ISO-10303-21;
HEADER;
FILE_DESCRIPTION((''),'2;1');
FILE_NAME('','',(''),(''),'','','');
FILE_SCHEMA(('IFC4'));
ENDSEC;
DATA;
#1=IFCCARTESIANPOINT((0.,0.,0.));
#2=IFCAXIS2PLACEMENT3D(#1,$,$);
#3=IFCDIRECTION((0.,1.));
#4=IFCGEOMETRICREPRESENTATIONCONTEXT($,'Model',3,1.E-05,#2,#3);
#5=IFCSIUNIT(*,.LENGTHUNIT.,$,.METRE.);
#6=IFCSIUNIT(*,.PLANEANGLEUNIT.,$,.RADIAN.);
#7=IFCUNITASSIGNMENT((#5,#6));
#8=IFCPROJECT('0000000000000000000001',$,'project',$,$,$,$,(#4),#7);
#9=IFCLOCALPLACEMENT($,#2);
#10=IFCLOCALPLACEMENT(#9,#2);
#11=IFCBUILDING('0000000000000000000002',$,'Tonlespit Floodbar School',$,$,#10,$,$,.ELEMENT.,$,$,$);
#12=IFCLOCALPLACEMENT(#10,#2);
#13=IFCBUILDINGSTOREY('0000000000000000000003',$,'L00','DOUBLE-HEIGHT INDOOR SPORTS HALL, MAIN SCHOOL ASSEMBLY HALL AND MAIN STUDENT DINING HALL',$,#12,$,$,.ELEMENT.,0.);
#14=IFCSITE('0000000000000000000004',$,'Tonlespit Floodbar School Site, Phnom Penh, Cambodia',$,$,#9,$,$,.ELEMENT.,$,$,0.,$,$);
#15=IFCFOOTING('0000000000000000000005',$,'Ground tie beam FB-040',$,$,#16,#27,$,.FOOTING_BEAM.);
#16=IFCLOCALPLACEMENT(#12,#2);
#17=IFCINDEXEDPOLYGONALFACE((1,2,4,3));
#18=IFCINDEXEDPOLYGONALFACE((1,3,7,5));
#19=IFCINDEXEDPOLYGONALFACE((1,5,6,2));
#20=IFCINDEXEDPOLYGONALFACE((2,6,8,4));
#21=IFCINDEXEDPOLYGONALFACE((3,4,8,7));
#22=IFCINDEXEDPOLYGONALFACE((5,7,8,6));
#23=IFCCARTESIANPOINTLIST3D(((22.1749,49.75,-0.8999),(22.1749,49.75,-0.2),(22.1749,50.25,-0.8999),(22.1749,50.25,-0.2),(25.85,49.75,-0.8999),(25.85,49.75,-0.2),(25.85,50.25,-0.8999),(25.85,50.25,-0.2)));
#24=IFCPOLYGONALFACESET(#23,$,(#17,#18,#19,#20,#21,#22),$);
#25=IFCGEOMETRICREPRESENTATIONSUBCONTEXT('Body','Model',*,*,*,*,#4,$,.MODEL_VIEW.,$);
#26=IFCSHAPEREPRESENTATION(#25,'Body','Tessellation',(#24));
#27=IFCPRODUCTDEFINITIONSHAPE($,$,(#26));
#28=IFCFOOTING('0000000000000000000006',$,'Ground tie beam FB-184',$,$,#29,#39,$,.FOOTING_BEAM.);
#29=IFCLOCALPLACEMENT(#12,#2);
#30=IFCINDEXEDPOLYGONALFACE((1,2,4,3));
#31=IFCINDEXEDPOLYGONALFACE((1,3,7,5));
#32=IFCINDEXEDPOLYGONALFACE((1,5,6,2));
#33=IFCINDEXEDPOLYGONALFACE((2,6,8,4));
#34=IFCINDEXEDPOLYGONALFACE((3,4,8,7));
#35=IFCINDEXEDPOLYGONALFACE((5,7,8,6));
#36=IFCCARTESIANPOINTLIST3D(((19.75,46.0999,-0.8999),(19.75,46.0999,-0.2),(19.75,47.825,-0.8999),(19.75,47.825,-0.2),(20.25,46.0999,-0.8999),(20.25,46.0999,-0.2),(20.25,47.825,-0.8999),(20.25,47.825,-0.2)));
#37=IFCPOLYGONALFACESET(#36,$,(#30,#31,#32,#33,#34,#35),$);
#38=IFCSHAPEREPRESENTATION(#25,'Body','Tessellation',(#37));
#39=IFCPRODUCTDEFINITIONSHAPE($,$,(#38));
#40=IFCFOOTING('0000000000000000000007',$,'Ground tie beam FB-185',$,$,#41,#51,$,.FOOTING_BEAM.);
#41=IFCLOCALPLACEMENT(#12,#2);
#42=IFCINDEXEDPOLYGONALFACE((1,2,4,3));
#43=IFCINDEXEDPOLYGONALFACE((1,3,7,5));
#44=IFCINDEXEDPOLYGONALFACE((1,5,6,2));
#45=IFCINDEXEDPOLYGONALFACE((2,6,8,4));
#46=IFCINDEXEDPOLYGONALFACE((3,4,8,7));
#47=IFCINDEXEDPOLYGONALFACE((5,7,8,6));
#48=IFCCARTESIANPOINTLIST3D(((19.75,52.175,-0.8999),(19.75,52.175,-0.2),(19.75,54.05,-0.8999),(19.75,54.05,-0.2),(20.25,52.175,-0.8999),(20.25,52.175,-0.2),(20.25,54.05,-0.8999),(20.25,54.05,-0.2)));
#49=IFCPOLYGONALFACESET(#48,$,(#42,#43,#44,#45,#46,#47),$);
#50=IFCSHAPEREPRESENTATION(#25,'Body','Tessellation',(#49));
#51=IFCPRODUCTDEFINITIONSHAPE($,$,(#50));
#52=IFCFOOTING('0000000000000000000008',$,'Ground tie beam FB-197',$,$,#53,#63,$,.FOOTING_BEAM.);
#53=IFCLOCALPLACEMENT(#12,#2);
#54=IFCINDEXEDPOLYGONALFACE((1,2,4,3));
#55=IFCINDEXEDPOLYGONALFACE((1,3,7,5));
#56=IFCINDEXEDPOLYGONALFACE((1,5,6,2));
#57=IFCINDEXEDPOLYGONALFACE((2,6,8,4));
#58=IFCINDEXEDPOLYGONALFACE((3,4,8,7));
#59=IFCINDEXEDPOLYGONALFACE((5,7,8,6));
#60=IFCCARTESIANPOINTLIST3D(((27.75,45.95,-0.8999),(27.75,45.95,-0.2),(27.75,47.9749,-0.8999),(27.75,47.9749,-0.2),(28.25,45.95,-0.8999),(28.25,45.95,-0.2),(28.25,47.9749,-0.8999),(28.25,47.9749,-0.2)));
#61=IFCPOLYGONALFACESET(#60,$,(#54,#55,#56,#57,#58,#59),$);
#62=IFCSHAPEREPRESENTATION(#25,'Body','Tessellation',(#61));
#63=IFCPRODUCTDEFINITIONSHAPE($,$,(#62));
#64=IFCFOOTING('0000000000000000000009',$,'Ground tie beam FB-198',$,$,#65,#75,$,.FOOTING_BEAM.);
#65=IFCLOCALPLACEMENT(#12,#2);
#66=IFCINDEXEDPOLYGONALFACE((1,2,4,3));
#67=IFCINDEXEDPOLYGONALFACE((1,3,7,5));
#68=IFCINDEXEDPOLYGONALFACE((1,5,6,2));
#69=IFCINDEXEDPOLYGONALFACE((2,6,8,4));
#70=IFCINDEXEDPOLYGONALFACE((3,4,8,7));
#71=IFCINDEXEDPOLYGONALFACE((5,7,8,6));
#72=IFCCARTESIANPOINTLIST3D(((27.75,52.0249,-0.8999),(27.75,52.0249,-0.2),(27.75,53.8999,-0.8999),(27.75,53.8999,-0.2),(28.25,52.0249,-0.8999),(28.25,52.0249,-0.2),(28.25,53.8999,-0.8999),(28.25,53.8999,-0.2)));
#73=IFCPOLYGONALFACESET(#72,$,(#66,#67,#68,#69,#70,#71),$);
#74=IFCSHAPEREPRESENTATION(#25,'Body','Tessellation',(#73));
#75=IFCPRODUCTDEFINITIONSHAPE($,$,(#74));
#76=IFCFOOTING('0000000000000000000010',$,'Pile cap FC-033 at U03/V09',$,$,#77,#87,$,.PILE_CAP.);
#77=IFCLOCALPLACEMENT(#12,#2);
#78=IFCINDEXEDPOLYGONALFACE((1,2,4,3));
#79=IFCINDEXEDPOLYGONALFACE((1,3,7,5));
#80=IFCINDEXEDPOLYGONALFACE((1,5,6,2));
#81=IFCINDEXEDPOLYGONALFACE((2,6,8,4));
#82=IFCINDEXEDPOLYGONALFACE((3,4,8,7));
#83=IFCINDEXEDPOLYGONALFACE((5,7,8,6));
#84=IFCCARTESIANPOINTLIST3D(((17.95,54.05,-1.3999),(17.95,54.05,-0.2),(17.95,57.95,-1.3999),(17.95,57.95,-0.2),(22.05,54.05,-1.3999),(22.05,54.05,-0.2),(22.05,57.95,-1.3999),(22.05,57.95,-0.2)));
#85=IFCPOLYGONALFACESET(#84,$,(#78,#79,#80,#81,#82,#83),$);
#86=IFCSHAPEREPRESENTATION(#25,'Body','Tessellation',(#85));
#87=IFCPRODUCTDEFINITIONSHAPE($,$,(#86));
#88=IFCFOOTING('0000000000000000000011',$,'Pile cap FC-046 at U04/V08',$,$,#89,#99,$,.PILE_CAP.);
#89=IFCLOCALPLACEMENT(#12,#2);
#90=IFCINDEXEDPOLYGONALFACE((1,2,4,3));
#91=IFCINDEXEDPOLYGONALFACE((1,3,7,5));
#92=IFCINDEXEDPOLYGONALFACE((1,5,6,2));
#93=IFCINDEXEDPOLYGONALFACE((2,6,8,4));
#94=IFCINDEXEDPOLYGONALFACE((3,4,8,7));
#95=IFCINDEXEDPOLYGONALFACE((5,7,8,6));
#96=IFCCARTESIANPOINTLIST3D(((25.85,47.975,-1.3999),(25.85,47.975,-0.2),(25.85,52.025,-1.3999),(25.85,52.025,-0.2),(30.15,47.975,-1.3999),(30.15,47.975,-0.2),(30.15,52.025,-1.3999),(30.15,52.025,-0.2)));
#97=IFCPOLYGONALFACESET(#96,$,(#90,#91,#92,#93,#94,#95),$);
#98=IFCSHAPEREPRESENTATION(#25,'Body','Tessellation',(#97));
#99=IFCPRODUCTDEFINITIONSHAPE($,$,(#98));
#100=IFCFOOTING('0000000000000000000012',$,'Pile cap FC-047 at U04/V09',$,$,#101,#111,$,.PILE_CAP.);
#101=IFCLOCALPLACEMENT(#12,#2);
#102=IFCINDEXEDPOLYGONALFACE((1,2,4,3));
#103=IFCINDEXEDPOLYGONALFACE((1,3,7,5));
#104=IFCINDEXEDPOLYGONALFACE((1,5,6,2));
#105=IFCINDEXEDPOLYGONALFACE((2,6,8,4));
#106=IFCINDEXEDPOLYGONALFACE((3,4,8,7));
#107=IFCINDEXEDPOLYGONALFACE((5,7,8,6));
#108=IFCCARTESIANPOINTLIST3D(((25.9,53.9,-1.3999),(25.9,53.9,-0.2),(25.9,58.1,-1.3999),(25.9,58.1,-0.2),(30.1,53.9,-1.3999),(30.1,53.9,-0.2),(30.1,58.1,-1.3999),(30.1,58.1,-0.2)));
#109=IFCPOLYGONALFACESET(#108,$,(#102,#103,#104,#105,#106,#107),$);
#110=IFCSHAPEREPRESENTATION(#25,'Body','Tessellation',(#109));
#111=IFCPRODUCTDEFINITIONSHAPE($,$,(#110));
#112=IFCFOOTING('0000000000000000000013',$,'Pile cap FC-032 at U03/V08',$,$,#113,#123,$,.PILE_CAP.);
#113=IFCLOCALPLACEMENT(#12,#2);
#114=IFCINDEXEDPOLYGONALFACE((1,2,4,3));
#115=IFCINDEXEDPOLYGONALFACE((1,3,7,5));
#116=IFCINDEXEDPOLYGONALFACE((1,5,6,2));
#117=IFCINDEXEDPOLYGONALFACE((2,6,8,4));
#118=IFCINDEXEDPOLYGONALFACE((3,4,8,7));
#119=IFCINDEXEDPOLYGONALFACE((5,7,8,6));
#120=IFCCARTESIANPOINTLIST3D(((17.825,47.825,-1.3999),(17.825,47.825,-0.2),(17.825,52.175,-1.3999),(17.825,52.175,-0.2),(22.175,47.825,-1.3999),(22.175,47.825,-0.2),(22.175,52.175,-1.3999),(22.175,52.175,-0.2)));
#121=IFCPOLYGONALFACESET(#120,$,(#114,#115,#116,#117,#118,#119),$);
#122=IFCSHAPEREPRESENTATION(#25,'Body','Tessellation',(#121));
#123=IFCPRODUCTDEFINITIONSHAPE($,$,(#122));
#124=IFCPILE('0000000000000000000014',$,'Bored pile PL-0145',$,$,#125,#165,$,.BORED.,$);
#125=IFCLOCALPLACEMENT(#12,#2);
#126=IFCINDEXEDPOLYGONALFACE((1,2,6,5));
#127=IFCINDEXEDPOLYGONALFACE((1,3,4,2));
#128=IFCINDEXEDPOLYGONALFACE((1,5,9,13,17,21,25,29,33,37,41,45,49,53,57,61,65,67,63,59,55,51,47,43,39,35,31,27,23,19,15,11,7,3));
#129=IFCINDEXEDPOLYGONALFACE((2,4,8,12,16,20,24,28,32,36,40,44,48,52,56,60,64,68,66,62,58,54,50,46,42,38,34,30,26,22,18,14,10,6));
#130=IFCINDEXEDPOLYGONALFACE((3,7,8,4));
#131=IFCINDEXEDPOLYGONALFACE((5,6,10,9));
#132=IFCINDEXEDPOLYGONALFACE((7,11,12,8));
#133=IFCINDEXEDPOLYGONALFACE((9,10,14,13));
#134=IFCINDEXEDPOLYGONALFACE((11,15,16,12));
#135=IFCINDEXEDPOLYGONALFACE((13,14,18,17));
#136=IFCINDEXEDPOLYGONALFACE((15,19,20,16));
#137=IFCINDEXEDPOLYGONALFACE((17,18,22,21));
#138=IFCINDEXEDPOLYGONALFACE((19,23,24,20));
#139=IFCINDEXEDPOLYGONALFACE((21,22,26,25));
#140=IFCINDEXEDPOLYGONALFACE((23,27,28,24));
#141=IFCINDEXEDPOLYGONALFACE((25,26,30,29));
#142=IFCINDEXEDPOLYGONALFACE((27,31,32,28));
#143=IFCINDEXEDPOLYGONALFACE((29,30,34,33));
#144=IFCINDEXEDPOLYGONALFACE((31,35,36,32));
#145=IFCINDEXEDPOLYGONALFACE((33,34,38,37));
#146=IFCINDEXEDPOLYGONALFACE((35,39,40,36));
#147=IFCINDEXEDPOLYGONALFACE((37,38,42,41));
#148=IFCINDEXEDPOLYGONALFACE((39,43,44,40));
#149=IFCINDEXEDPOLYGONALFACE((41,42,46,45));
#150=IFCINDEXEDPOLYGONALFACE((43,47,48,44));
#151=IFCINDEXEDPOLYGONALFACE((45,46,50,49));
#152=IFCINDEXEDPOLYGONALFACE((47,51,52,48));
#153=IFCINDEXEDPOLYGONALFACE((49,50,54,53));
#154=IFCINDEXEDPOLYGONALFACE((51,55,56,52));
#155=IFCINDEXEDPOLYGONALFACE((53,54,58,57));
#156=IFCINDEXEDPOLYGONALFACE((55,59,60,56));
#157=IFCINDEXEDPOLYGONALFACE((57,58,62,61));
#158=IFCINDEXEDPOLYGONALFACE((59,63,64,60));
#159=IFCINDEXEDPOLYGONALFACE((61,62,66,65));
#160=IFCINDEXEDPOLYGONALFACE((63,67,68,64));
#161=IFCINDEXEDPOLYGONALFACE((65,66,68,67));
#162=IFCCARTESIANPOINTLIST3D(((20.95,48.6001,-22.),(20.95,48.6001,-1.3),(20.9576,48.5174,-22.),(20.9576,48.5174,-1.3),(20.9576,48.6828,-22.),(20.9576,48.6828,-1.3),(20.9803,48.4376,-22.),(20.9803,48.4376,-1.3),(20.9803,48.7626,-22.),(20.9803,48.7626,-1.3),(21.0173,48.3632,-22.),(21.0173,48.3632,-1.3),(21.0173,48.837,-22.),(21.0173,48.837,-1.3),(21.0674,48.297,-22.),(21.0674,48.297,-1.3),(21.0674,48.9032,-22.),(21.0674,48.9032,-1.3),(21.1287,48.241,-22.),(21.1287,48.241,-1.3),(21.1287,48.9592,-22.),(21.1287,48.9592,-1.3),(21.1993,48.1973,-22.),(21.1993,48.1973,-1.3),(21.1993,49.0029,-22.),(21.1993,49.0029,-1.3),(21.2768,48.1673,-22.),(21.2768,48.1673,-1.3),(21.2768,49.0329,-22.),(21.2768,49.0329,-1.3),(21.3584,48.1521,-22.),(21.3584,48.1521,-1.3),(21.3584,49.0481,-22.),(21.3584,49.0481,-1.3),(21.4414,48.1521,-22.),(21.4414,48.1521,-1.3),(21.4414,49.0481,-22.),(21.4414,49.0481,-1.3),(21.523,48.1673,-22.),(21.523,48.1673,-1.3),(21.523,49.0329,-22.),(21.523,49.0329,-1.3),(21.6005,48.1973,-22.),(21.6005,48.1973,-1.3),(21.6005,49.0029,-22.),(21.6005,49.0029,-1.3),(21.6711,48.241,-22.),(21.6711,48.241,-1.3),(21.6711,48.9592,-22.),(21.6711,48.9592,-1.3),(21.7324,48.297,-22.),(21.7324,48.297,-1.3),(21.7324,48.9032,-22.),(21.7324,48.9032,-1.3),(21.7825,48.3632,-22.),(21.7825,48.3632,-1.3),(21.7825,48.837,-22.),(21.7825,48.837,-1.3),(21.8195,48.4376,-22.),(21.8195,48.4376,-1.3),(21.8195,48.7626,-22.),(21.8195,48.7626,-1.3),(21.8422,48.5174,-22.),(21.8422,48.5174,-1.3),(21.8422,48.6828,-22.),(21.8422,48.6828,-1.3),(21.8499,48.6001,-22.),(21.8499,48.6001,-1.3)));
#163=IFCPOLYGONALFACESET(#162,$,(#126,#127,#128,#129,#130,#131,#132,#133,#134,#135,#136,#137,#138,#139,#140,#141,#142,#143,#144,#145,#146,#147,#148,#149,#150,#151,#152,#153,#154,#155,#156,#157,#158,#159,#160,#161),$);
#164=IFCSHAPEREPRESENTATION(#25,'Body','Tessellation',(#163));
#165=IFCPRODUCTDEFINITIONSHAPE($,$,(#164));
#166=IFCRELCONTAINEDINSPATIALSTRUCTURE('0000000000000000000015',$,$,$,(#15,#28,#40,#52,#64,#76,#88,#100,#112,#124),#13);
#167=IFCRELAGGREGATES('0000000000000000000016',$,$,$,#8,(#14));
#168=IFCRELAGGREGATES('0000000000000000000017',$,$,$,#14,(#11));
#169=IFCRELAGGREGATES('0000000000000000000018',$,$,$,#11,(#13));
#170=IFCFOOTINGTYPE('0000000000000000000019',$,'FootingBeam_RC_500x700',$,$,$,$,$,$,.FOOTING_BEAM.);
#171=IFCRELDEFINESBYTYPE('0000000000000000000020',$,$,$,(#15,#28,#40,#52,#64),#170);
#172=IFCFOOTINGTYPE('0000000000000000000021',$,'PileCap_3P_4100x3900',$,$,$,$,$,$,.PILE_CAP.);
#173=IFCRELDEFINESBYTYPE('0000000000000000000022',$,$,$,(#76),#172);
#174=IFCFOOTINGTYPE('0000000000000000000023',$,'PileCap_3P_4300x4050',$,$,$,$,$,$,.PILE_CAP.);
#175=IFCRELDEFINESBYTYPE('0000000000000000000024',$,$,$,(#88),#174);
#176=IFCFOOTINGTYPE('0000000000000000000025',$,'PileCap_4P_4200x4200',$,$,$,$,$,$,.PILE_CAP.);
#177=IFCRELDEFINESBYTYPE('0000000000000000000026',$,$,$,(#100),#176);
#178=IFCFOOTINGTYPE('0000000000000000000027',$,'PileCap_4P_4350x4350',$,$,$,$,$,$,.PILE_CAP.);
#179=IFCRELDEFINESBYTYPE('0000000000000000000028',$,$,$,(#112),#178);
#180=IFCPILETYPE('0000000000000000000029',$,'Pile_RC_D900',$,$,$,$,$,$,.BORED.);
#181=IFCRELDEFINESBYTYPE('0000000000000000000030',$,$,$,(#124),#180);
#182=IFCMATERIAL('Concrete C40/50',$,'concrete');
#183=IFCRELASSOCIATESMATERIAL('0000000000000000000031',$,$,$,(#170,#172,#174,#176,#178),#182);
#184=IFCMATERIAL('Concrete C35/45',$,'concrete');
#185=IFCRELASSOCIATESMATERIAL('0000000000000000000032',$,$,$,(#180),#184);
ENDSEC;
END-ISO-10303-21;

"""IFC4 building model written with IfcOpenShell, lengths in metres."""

from ifc_helpers import new_model, si_unit, direction, frame, origin, origin_2d, place, context, subcontext, project, spatial, rectangle, circle, extrude, material, material_profile, profile_set, type_object, element, save


model = new_model("IFC4")

# Units and contexts
model_context = context("Model", 3, precision=1e-05, world=origin(), true_north=direction((0.0, 1.0)))
body_context = subcontext(model_context, "Body", "Model", "MODEL_VIEW")
ifc_project = project(units=[si_unit("LENGTHUNIT", "METRE"), si_unit("PLANEANGLEUNIT", "RADIAN")], contexts=[model_context])

# Site, building, storey
site_placement = place(None, origin())
site = spatial("IfcSite", under=ifc_project, at=site_placement, Name="Tonlespit Floodbar School Site, Phnom Penh, Cambodia", CompositionType="ELEMENT", RefElevation=0.0)
building_placement = place(site_placement, origin())
building = spatial("IfcBuilding", under=site, at=building_placement, Name="Tonlespit Floodbar School", CompositionType="ELEMENT")
storey_placement = place(building_placement, origin())
storey = spatial("IfcBuildingStorey", under=building, at=storey_placement, Name="L00", Description="DOUBLE-HEIGHT INDOOR SPORTS HALL, MAIN SCHOOL ASSEMBLY HALL AND MAIN STUDENT DINING HALL", CompositionType="ELEMENT", Elevation=0.0)

# Footings
ifc_material_1 = material(Name="Concrete C40/50", Category="concrete")
footing_type_1 = type_object("IfcFootingType", Name="FootingBeam_RC_500x700", PredefinedType="FOOTING_BEAM", material=ifc_material_1)
footing_1_placement = place(storey_placement, frame((24.0125, 50.0, -0.8999), z_axis=(0.0, 0.0, 1.0), x_axis=(1.0, 0.0, 0.0)))
element("IfcFooting", 1, at=footing_1_placement, inside=storey, type_object=footing_type_1, Name="Ground tie beam FB-040", PredefinedType="FOOTING_BEAM", context=body_context, shape_type="SweptSolid", body=[
    extrude(rectangle(XDim=3.675, YDim=0.5, at=origin_2d()), origin(), (0.0, 0.0, 1.0), 0.7),
])
footing_2_placement = place(storey_placement, frame((20.0, 46.9624, -0.8999), z_axis=(0.0, 0.0, 1.0), x_axis=(0.0, 1.0, 0.0)))
element("IfcFooting", 2, at=footing_2_placement, inside=storey, type_object=footing_type_1, Name="Ground tie beam FB-184", PredefinedType="FOOTING_BEAM", context=body_context, shape_type="SweptSolid", body=[
    extrude(rectangle(XDim=1.7251, YDim=0.5, at=origin_2d()), origin(), (0.0, 0.0, 1.0), 0.7),
])
footing_3_placement = place(storey_placement, frame((20.0, 53.1125, -0.8999), z_axis=(0.0, 0.0, 1.0), x_axis=(0.0, 1.0, 0.0)))
element("IfcFooting", 3, at=footing_3_placement, inside=storey, type_object=footing_type_1, Name="Ground tie beam FB-185", PredefinedType="FOOTING_BEAM", context=body_context, shape_type="SweptSolid", body=[
    extrude(rectangle(XDim=1.875, YDim=0.5, at=origin_2d()), origin(), (0.0, 0.0, 1.0), 0.7),
])
footing_4_placement = place(storey_placement, frame((28.0, 46.9624, -0.8999), z_axis=(0.0, 0.0, 1.0), x_axis=(0.0, 1.0, 0.0)))
element("IfcFooting", 4, at=footing_4_placement, inside=storey, type_object=footing_type_1, Name="Ground tie beam FB-197", PredefinedType="FOOTING_BEAM", context=body_context, shape_type="SweptSolid", body=[
    extrude(rectangle(XDim=2.0249, YDim=0.5, at=origin_2d()), origin(), (0.0, 0.0, 1.0), 0.7),
])
footing_5_placement = place(storey_placement, frame((28.0, 52.9624, -0.8999), z_axis=(0.0, 0.0, 1.0), x_axis=(0.0, 1.0, 0.0)))
element("IfcFooting", 5, at=footing_5_placement, inside=storey, type_object=footing_type_1, Name="Ground tie beam FB-198", PredefinedType="FOOTING_BEAM", context=body_context, shape_type="SweptSolid", body=[
    extrude(rectangle(XDim=1.875, YDim=0.5, at=origin_2d()), origin(), (0.0, 0.0, 1.0), 0.7),
])
footing_type_2 = type_object("IfcFootingType", Name="PileCap_3P_4100x3900", PredefinedType="PILE_CAP", material=ifc_material_1)
footing_6_placement = place(storey_placement, frame((20.0, 56.0, -1.3999), z_axis=(0.0, 0.0, 1.0), x_axis=(1.0, 0.0, 0.0)))
element("IfcFooting", 6, at=footing_6_placement, inside=storey, type_object=footing_type_2, Name="Pile cap FC-033 at U03/V09", PredefinedType="PILE_CAP", context=body_context, shape_type="SweptSolid", body=[
    extrude(rectangle(XDim=4.1001, YDim=3.8999, at=origin_2d()), origin(), (0.0, 0.0, 1.0), 1.2),
])
footing_type_3 = type_object("IfcFootingType", Name="PileCap_3P_4300x4050", PredefinedType="PILE_CAP", material=ifc_material_1)
footing_7_placement = place(storey_placement, frame((28.0, 50.0, -1.3999), z_axis=(0.0, 0.0, 1.0), x_axis=(1.0, 0.0, 0.0)))
element("IfcFooting", 7, at=footing_7_placement, inside=storey, type_object=footing_type_3, Name="Pile cap FC-046 at U04/V08", PredefinedType="PILE_CAP", context=body_context, shape_type="SweptSolid", body=[
    extrude(rectangle(XDim=4.3, YDim=4.05, at=origin_2d()), origin(), (0.0, 0.0, 1.0), 1.2),
])
footing_type_4 = type_object("IfcFootingType", Name="PileCap_4P_4200x4200", PredefinedType="PILE_CAP", material=ifc_material_1)
footing_8_placement = place(storey_placement, frame((28.0, 56.0, -1.3999), z_axis=(0.0, 0.0, 1.0), x_axis=(1.0, 0.0, 0.0)))
element("IfcFooting", 8, at=footing_8_placement, inside=storey, type_object=footing_type_4, Name="Pile cap FC-047 at U04/V09", PredefinedType="PILE_CAP", context=body_context, shape_type="SweptSolid", body=[
    extrude(rectangle(XDim=4.2, YDim=4.2, at=origin_2d()), origin(), (0.0, 0.0, 1.0), 1.2),
])
footing_type_5 = type_object("IfcFootingType", Name="PileCap_4P_4350x4350", PredefinedType="PILE_CAP", material=ifc_material_1)
footing_9_placement = place(storey_placement, frame((20.0, 50.0, -1.3999), z_axis=(0.0, 0.0, 1.0), x_axis=(1.0, 0.0, 0.0)))
element("IfcFooting", 9, at=footing_9_placement, inside=storey, type_object=footing_type_5, Name="Pile cap FC-032 at U03/V08", PredefinedType="PILE_CAP", context=body_context, shape_type="SweptSolid", body=[
    extrude(rectangle(XDim=4.3501, YDim=4.3501, at=origin_2d()), origin(), (0.0, 0.0, 1.0), 1.2),
])

# Pile
ifc_material_2 = material(Name="Concrete C35/45", Category="concrete")
ifc_material_profile_1 = material_profile(ifc_material_2, circle(Radius=0.45, at=origin_2d()), Name="BP D900")
ifc_profile_set_1 = profile_set([ifc_material_profile_1], Name="Concrete C35/45")
pile_type = type_object("IfcPileType", Name="Pile_RC_D900", PredefinedType="BORED", material=ifc_profile_set_1)
for number, where, z_axis, x_axis, name in (
    (10, (21.3999, 48.6001, -1.3), (0.0, 0.0, -1.0), (1.0, 0.0, 0.0), "Bored pile PL-0145"),
):
    element("IfcPile", number, at=place(storey_placement, frame(where, z_axis=z_axis, x_axis=x_axis)), inside=storey, type_object=pile_type, Name=name, PredefinedType="BORED", context=body_context, shape_type="SweptSolid", body=[
        extrude(circle(Radius=0.45, at=origin_2d()), origin(), (0.0, 0.0, 1.0), 20.7),
    ])

save(model, "model.ifc")
